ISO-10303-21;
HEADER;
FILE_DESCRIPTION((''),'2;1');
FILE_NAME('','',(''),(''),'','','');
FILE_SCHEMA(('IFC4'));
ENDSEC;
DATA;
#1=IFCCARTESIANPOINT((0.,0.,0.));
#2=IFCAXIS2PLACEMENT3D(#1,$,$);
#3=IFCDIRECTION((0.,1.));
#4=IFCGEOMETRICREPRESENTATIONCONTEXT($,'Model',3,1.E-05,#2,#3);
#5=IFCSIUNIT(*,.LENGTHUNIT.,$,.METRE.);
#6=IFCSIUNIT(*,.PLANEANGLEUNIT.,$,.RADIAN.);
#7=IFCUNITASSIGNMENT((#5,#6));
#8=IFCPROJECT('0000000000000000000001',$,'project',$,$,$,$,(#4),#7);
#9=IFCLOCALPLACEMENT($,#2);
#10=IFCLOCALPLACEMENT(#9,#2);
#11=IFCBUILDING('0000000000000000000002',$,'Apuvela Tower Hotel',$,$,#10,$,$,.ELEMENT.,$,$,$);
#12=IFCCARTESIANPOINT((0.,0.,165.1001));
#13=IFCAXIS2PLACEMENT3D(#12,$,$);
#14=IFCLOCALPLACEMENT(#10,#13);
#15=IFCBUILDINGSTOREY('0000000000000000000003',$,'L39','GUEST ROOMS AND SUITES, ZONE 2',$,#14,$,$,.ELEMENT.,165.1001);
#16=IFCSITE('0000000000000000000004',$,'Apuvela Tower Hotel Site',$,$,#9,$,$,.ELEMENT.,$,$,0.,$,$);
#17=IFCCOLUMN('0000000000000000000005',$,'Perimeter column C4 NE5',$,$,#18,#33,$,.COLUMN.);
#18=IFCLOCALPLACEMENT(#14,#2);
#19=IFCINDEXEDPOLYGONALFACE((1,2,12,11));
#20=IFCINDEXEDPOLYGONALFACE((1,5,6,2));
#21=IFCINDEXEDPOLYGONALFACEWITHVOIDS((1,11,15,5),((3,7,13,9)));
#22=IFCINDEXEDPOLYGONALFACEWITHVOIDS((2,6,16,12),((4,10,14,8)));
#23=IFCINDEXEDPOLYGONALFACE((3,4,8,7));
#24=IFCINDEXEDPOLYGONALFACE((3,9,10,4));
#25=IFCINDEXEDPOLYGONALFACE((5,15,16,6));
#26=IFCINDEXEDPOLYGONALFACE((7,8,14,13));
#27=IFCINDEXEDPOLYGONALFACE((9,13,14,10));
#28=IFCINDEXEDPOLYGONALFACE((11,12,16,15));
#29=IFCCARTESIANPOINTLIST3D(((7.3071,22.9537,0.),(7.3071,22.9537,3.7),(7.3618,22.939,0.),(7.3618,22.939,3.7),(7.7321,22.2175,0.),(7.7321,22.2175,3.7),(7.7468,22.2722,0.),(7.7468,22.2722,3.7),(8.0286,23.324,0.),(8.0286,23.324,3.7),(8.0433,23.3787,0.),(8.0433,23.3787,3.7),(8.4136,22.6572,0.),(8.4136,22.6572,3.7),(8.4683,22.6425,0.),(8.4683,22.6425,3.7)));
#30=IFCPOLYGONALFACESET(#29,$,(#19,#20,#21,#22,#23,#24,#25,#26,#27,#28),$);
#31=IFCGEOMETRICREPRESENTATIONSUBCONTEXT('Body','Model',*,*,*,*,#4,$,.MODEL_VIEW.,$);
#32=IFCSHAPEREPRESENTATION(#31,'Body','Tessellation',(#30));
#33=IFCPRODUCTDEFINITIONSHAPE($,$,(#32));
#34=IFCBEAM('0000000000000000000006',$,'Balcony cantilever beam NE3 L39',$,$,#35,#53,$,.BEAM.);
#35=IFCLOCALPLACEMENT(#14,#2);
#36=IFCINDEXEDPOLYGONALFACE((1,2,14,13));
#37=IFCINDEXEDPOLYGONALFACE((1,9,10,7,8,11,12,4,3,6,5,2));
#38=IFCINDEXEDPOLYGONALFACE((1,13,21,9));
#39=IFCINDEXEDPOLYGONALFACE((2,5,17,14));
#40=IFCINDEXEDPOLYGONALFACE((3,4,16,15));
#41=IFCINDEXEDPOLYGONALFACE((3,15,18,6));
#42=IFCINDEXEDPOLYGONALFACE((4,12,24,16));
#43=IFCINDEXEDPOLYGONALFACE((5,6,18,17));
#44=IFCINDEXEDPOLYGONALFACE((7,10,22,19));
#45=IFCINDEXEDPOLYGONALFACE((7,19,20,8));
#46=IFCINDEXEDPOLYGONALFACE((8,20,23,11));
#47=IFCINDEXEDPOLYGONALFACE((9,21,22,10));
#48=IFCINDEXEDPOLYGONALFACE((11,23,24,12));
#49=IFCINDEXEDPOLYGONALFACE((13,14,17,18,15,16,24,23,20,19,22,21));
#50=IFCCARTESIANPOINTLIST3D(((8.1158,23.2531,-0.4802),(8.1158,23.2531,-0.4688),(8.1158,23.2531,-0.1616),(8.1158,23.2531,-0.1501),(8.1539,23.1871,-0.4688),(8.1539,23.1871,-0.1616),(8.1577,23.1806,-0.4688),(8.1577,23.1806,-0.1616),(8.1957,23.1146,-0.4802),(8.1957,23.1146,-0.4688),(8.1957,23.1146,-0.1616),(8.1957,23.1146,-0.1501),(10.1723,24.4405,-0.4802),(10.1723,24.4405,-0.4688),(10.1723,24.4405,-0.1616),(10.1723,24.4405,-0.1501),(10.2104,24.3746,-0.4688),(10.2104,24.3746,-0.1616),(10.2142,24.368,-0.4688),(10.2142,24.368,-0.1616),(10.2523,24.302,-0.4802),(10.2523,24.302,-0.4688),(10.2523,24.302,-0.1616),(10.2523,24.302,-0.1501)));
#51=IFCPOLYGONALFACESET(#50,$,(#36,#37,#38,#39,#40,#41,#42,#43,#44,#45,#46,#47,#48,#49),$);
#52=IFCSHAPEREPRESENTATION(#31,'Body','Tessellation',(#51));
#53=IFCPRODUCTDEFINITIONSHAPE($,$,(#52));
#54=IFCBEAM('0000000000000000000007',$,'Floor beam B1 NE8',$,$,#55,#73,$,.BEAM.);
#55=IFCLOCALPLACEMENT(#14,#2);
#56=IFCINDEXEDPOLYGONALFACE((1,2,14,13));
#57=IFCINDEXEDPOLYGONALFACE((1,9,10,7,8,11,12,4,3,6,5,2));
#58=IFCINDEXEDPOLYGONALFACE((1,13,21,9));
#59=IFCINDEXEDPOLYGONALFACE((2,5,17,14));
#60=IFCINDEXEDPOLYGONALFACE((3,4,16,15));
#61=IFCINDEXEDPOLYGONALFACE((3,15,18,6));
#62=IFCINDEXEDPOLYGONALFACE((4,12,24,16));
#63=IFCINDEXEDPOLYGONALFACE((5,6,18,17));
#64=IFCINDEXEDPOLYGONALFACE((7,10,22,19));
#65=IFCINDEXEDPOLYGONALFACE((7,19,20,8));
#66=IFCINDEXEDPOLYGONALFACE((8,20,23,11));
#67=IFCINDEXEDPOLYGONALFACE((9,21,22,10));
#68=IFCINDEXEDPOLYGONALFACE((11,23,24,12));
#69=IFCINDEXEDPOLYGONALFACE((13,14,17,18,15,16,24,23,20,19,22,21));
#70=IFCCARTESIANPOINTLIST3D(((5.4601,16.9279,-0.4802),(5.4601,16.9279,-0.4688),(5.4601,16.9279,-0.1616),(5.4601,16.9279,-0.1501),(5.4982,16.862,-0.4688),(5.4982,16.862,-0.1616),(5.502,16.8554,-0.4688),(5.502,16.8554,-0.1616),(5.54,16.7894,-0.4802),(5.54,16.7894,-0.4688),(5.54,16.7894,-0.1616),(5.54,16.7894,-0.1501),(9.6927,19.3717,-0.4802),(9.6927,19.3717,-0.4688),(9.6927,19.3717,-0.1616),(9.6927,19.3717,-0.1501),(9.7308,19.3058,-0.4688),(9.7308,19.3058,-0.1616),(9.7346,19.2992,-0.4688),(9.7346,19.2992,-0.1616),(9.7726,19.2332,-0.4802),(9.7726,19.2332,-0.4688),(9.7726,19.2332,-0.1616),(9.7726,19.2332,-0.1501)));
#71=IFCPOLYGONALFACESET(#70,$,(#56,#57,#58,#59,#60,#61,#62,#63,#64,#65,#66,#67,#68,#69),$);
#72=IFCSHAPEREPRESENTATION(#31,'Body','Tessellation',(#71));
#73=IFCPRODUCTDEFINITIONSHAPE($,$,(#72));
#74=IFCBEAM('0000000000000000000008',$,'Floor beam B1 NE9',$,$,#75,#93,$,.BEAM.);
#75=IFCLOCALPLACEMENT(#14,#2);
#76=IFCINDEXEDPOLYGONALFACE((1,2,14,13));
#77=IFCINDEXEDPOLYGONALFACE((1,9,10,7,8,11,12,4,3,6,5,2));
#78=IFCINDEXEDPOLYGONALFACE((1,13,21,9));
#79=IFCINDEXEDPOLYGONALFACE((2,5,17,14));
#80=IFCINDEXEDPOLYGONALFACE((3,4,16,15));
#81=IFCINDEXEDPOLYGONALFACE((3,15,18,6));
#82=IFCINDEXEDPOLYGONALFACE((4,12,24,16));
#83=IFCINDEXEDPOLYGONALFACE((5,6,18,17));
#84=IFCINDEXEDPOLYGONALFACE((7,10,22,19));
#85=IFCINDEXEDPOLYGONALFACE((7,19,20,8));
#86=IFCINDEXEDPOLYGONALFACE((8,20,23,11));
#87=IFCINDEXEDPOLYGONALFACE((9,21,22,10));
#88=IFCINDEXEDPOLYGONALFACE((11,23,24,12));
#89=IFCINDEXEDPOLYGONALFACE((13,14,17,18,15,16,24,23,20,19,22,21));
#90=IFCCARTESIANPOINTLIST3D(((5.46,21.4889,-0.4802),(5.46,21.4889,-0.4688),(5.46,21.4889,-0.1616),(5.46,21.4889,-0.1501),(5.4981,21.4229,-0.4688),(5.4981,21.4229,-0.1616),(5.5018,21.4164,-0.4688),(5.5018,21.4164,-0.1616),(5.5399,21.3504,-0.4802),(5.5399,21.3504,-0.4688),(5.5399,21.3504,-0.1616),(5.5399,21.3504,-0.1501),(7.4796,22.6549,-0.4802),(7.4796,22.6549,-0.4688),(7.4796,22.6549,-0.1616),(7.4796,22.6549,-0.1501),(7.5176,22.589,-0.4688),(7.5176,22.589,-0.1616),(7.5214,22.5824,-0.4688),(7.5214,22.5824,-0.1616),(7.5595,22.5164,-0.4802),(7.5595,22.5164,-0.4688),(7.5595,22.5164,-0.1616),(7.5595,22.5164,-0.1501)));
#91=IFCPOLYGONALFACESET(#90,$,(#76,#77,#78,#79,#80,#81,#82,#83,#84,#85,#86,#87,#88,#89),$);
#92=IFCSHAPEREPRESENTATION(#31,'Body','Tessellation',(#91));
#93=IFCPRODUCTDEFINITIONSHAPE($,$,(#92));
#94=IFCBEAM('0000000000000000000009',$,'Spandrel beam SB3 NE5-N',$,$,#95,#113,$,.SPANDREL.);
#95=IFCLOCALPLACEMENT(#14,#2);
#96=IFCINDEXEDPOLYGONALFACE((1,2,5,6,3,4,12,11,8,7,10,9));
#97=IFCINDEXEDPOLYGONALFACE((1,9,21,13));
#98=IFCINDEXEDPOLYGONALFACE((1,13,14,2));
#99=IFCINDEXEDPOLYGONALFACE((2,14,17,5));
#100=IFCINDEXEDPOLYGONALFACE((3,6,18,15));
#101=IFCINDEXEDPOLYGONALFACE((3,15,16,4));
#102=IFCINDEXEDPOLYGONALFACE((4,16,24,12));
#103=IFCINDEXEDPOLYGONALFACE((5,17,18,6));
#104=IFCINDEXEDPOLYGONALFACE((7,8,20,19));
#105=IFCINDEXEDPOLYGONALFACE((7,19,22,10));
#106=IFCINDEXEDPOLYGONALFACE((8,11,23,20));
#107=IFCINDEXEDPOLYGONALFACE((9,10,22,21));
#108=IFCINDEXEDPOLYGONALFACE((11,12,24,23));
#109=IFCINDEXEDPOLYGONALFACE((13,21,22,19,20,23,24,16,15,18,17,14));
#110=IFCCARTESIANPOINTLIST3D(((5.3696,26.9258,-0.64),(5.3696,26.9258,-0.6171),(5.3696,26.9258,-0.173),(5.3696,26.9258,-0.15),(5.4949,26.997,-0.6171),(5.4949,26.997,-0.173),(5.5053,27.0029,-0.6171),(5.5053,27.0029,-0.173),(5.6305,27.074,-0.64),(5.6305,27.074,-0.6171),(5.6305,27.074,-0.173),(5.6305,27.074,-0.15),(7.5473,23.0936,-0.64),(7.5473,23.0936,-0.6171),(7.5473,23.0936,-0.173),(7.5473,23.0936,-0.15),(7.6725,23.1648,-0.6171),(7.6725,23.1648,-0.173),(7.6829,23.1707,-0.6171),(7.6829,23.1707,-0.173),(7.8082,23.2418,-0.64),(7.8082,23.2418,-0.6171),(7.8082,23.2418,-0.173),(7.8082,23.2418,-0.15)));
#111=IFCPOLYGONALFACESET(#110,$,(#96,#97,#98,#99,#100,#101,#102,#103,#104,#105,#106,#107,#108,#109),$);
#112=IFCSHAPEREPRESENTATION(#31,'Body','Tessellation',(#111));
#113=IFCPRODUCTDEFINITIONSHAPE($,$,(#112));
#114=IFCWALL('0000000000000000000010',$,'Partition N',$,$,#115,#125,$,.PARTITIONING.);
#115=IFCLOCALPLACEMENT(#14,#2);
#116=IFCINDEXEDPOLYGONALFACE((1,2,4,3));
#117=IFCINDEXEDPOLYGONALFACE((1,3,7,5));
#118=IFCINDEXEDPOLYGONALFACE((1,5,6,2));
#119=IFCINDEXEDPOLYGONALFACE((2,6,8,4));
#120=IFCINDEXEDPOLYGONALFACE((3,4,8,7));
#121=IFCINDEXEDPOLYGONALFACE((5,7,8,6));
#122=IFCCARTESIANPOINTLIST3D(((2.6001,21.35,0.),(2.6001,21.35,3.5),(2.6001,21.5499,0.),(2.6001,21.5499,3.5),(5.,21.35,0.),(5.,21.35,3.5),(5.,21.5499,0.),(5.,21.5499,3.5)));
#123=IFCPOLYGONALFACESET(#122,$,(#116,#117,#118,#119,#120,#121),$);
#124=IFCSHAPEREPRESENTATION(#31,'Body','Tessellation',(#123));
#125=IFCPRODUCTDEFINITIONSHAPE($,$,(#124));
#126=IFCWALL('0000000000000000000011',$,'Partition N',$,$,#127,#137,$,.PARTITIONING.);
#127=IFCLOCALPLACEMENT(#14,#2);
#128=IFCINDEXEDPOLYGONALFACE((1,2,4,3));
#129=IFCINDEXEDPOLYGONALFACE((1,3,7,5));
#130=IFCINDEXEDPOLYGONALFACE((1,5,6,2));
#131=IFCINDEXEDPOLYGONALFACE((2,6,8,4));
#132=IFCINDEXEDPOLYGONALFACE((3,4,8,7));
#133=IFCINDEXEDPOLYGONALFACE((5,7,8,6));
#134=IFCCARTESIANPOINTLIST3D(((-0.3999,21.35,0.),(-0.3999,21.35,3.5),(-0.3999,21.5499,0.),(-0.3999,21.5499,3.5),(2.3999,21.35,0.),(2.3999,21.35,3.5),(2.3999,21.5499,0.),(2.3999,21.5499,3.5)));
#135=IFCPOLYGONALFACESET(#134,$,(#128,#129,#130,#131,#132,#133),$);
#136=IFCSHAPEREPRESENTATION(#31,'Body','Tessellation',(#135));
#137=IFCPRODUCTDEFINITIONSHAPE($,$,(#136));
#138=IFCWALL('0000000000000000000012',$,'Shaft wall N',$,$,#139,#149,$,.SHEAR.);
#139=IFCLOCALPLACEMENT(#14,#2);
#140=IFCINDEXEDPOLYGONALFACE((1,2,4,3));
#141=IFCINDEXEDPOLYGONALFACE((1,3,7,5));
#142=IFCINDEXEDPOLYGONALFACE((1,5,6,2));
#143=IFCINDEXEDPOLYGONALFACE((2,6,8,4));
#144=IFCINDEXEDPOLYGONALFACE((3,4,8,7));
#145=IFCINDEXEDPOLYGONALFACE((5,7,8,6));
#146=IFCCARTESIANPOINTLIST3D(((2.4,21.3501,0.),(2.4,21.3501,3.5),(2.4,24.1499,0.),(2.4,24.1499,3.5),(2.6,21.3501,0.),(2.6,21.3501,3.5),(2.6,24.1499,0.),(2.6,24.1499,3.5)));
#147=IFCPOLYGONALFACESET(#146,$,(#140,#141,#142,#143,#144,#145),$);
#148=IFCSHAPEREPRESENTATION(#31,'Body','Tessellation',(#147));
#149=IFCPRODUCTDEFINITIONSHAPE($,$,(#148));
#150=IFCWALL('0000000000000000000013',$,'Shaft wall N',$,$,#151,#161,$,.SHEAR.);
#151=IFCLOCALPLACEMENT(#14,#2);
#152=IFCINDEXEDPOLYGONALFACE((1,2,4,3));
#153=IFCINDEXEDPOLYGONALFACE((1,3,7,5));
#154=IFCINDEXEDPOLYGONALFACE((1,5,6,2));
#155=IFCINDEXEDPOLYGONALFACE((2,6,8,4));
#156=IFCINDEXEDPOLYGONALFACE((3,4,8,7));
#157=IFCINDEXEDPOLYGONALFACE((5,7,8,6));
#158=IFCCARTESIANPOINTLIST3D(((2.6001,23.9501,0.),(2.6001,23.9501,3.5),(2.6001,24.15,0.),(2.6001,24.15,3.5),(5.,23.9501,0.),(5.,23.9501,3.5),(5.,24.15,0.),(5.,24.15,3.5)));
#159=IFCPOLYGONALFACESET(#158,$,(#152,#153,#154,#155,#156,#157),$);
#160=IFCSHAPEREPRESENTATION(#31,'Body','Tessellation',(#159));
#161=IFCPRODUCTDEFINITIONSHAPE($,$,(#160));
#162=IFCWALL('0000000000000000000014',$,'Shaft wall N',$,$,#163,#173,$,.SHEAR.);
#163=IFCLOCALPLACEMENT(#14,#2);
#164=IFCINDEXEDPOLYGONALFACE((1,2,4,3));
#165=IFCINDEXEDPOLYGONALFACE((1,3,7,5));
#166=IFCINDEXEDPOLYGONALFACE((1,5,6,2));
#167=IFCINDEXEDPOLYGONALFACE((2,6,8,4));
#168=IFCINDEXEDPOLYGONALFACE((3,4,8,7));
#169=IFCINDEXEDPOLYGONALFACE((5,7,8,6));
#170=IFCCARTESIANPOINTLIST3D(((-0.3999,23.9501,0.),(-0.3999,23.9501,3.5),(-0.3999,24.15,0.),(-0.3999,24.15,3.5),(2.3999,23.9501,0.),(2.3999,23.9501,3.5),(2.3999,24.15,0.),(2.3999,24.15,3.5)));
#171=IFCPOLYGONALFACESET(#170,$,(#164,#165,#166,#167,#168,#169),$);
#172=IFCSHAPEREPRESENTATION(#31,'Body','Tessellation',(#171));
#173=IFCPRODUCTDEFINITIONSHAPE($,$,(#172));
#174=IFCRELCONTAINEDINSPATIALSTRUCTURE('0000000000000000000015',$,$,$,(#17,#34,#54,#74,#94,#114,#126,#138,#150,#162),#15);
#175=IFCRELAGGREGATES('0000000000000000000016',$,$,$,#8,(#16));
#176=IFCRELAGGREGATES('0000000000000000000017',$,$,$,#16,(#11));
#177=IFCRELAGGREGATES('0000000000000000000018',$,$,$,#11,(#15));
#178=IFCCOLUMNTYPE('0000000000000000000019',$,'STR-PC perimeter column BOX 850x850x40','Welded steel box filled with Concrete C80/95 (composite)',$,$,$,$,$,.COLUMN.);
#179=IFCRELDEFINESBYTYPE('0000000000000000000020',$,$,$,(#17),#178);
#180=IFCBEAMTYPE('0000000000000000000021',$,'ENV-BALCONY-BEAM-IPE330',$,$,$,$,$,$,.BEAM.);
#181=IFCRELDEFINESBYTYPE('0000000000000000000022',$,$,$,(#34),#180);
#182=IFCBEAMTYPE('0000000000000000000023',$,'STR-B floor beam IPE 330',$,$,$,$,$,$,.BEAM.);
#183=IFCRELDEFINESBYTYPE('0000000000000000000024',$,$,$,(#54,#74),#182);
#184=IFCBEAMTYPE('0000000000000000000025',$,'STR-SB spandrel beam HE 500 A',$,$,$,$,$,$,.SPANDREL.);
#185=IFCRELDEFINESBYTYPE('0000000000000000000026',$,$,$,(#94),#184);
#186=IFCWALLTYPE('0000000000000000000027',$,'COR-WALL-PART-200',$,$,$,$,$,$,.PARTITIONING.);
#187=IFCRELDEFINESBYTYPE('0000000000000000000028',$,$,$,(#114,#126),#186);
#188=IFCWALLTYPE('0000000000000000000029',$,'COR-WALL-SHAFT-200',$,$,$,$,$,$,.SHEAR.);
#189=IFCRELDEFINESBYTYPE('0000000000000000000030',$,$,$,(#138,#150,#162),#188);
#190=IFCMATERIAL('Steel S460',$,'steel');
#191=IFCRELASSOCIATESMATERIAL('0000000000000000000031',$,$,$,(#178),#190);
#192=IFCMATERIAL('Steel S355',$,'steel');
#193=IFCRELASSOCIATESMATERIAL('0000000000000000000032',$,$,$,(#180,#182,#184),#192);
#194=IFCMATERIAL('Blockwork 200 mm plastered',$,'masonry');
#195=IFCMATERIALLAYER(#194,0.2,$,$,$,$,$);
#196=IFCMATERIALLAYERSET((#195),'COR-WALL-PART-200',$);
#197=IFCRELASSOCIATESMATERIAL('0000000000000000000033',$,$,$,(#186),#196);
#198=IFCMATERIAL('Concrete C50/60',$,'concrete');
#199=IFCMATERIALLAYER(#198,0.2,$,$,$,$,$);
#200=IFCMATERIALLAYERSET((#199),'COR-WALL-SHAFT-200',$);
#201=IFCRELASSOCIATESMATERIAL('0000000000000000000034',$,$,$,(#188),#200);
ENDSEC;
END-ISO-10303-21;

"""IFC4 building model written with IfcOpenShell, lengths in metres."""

from ifc_helpers import new_model, si_unit, direction, frame, frame_2d, origin, origin_2d, place, context, subcontext, project, spatial, rectangle, hollow_rectangle, i_section, extrude, material, layer, layer_set, material_profile, profile_set, type_object, element, save


model = new_model("IFC4")

# Units and contexts
model_context = context("Model", 3, precision=1e-05, world=origin(), true_north=direction((0.0, 1.0)))
body_context = subcontext(model_context, "Body", "Model", "MODEL_VIEW")
ifc_project = project(units=[si_unit("LENGTHUNIT", "METRE"), si_unit("PLANEANGLEUNIT", "RADIAN")], contexts=[model_context])

# Site, building, storey
site_placement = place(None, origin())
site = spatial("IfcSite", under=ifc_project, at=site_placement, Name="Apuvela Tower Hotel Site", CompositionType="ELEMENT", RefElevation=0.0)
building_placement = place(site_placement, origin())
building = spatial("IfcBuilding", under=site, at=building_placement, Name="Apuvela Tower Hotel", CompositionType="ELEMENT")
storey_placement = place(building_placement, frame((0.0, 0.0, 165.1001)))
storey = spatial("IfcBuildingStorey", under=building, at=storey_placement, Name="L39", Description="GUEST ROOMS AND SUITES, ZONE 2", CompositionType="ELEMENT", Elevation=165.1001)

# Column
ifc_material_1 = material(Name="Steel S460", Category="steel")
ifc_material_profile_1 = material_profile(ifc_material_1, hollow_rectangle(XDim=0.8501, YDim=0.8501, WallThickness=0.04, at=origin_2d()), Name="BOX 850x850x40")
ifc_material_2 = material(Name="Concrete C80/95", Category="concrete")
ifc_material_profile_2 = material_profile(ifc_material_2, rectangle(XDim=0.77, YDim=0.77, at=origin_2d()), Name="Concrete C80/95 infill")
ifc_profile_set_1 = profile_set([ifc_material_profile_1, ifc_material_profile_2], Name="Steel S460")
column_type = type_object("IfcColumnType", Name="STR-PC perimeter column BOX 850x850x40", Description="Welded steel box filled with Concrete C80/95 (composite)", PredefinedType="COLUMN", material=ifc_profile_set_1)
column_placement = place(storey_placement, frame((7.8877, 22.7981, 0.0), z_axis=(0.0, 0.0, 1.0), x_axis=(-0.5, 0.866025, 0.0)))
element("IfcColumn", 1, at=column_placement, inside=storey, type_object=column_type, Name="Perimeter column C4 NE5", PredefinedType="COLUMN", context=body_context, shape_type="SweptSolid", body=[
    extrude(hollow_rectangle(XDim=0.8501, YDim=0.8501, WallThickness=0.04, at=origin_2d()), origin(), (0.0, 0.0, 1.0), 3.7),
])

# Beams
ifc_material_3 = material(Name="Steel S355", Category="steel")
ifc_material_profile_3 = material_profile(ifc_material_3, i_section(OverallWidth=0.1599, OverallDepth=0.3301, WebThickness=0.0076, FlangeThickness=0.0115, at=origin_2d()), Name="IPE 330")
ifc_profile_set_2 = profile_set([ifc_material_profile_3], Name="Steel S355")
beam_type_1 = type_object("IfcBeamType", Name="ENV-BALCONY-BEAM-IPE330", PredefinedType="BEAM", material=ifc_profile_set_2)
beam_1_placement = place(storey_placement, frame((8.1558, 23.1838, -0.3152), z_axis=(0.866008, 0.500031, 0.0), x_axis=(-0.500031, 0.866008, 0.0)))
element("IfcBeam", 2, at=beam_1_placement, inside=storey, type_object=beam_type_1, Name="Balcony cantilever beam NE3 L39", PredefinedType="BEAM", context=body_context, shape_type="SweptSolid", body=[
    extrude(i_section(OverallWidth=0.1599, OverallDepth=0.3301, WebThickness=0.0076, FlangeThickness=0.0115, at=origin_2d()), origin(), (0.0, 0.0, 1.0), 2.3748),
])
ifc_material_profile_4 = material_profile(ifc_material_3, i_section(OverallWidth=0.1599, OverallDepth=0.3301, WebThickness=0.0076, FlangeThickness=0.0115, at=origin_2d()), Name="IPE 330")
ifc_profile_set_3 = profile_set([ifc_material_profile_4], Name="Steel S355")
beam_type_2 = type_object("IfcBeamType", Name="STR-B floor beam IPE 330", PredefinedType="BEAM", material=ifc_profile_set_3)
beam_2_placement = place(storey_placement, frame((9.7327, 19.3025, -0.3152), z_axis=(-0.866015, -0.500018, 0.0), x_axis=(0.500018, -0.866015, 0.0)))
element("IfcBeam", 3, at=beam_2_placement, inside=storey, type_object=beam_type_2, Name="Floor beam B1 NE8", PredefinedType="BEAM", context=body_context, shape_type="SweptSolid", body=[
    extrude(i_section(OverallWidth=0.1599, OverallDepth=0.3301, WebThickness=0.0076, FlangeThickness=0.0115, at=origin_2d()), origin(), (0.0, 0.0, 1.0), 4.8875),
])
beam_3_placement = place(storey_placement, frame((7.5195, 22.5857, -0.3152), z_axis=(-0.866018, -0.500012, 0.0), x_axis=(0.500012, -0.866018, 0.0)))
element("IfcBeam", 4, at=beam_3_placement, inside=storey, type_object=beam_type_2, Name="Floor beam B1 NE9", PredefinedType="BEAM", context=body_context, shape_type="SweptSolid", body=[
    extrude(i_section(OverallWidth=0.1599, OverallDepth=0.3301, WebThickness=0.0076, FlangeThickness=0.0115, at=origin_2d()), origin(), (0.0, 0.0, 1.0), 2.332),
])
ifc_material_profile_5 = material_profile(ifc_material_3, i_section(OverallWidth=0.3, OverallDepth=0.49, WebThickness=0.012, FlangeThickness=0.0229, at=origin_2d()), Name="HE 500 A")
ifc_profile_set_4 = profile_set([ifc_material_profile_5], Name="Steel S355")
beam_type_3 = type_object("IfcBeamType", Name="STR-SB spandrel beam HE 500 A", PredefinedType="SPANDREL", material=ifc_profile_set_4)
beam_4_placement = place(storey_placement, frame((7.6777, 23.1677, -0.395), z_axis=(-0.494062, 0.869427, 0.0), x_axis=(-0.869427, -0.494062, 0.0)))
element("IfcBeam", 5, at=beam_4_placement, inside=storey, type_object=beam_type_3, Name="Spandrel beam SB3 NE5-N", PredefinedType="SPANDREL", context=body_context, shape_type="SweptSolid", body=[
    extrude(i_section(OverallWidth=0.3, OverallDepth=0.49, WebThickness=0.012, FlangeThickness=0.0229, at=origin_2d()), origin(), (0.0, 0.0, 1.0), 4.4077),
])

# Walls
ifc_material_4 = material(Name="Blockwork 200 mm plastered", Category="masonry")
ifc_layer_1 = layer(ifc_material_4, 0.2)
ifc_layer_set_1 = layer_set([ifc_layer_1], Name="COR-WALL-PART-200")
wall_type_1 = type_object("IfcWallType", Name="COR-WALL-PART-200", PredefinedType="PARTITIONING", material=ifc_layer_set_1)
wall_1_placement = place(storey_placement, frame((5.0, 21.45, 0.0), z_axis=(0.0, 0.0, 1.0), x_axis=(-1.0, 0.0, 0.0)))
element("IfcWall", 6, at=wall_1_placement, inside=storey, type_object=wall_type_1, Name="Partition N", PredefinedType="PARTITIONING", context=body_context, shape_type="SweptSolid", body=[
    extrude(rectangle(XDim=2.3999, YDim=0.2, at=frame_2d((1.2, 0.0))), origin(), (0.0, 0.0, 1.0), 3.5),
])
wall_2_placement = place(storey_placement, frame((2.3999, 21.45, 0.0), z_axis=(0.0, 0.0, 1.0), x_axis=(-1.0, 0.0, 0.0)))
element("IfcWall", 7, at=wall_2_placement, inside=storey, type_object=wall_type_1, Name="Partition N", PredefinedType="PARTITIONING", context=body_context, shape_type="SweptSolid", body=[
    extrude(rectangle(XDim=2.7998, YDim=0.2, at=frame_2d((1.3999, 0.0))), origin(), (0.0, 0.0, 1.0), 3.5),
])
ifc_material_5 = material(Name="Concrete C50/60", Category="concrete")
ifc_layer_2 = layer(ifc_material_5, 0.2)
ifc_layer_set_2 = layer_set([ifc_layer_2], Name="COR-WALL-SHAFT-200")
wall_type_2 = type_object("IfcWallType", Name="COR-WALL-SHAFT-200", PredefinedType="SHEAR", material=ifc_layer_set_2)
wall_3_placement = place(storey_placement, frame((2.5, 21.3501, 0.0), z_axis=(0.0, 0.0, 1.0), x_axis=(0.0, 1.0, 0.0)))
element("IfcWall", 8, at=wall_3_placement, inside=storey, type_object=wall_type_2, Name="Shaft wall N", PredefinedType="SHEAR", context=body_context, shape_type="SweptSolid", body=[
    extrude(rectangle(XDim=2.7998, YDim=0.2, at=frame_2d((1.3999, 0.0))), origin(), (0.0, 0.0, 1.0), 3.5),
])
wall_4_placement = place(storey_placement, frame((5.0, 24.05, 0.0), z_axis=(0.0, 0.0, 1.0), x_axis=(-1.0, 0.0, 0.0)))
element("IfcWall", 9, at=wall_4_placement, inside=storey, type_object=wall_type_2, Name="Shaft wall N", PredefinedType="SHEAR", context=body_context, shape_type="SweptSolid", body=[
    extrude(rectangle(XDim=2.3999, YDim=0.2, at=frame_2d((1.2, 0.0))), origin(), (0.0, 0.0, 1.0), 3.5),
])
wall_5_placement = place(storey_placement, frame((2.3999, 24.05, 0.0), z_axis=(0.0, 0.0, 1.0), x_axis=(-1.0, 0.0, 0.0)))
element("IfcWall", 10, at=wall_5_placement, inside=storey, type_object=wall_type_2, Name="Shaft wall N", PredefinedType="SHEAR", context=body_context, shape_type="SweptSolid", body=[
    extrude(rectangle(XDim=2.7998, YDim=0.2, at=frame_2d((1.3999, 0.0))), origin(), (0.0, 0.0, 1.0), 3.5),
])

save(model, "model.ifc")
